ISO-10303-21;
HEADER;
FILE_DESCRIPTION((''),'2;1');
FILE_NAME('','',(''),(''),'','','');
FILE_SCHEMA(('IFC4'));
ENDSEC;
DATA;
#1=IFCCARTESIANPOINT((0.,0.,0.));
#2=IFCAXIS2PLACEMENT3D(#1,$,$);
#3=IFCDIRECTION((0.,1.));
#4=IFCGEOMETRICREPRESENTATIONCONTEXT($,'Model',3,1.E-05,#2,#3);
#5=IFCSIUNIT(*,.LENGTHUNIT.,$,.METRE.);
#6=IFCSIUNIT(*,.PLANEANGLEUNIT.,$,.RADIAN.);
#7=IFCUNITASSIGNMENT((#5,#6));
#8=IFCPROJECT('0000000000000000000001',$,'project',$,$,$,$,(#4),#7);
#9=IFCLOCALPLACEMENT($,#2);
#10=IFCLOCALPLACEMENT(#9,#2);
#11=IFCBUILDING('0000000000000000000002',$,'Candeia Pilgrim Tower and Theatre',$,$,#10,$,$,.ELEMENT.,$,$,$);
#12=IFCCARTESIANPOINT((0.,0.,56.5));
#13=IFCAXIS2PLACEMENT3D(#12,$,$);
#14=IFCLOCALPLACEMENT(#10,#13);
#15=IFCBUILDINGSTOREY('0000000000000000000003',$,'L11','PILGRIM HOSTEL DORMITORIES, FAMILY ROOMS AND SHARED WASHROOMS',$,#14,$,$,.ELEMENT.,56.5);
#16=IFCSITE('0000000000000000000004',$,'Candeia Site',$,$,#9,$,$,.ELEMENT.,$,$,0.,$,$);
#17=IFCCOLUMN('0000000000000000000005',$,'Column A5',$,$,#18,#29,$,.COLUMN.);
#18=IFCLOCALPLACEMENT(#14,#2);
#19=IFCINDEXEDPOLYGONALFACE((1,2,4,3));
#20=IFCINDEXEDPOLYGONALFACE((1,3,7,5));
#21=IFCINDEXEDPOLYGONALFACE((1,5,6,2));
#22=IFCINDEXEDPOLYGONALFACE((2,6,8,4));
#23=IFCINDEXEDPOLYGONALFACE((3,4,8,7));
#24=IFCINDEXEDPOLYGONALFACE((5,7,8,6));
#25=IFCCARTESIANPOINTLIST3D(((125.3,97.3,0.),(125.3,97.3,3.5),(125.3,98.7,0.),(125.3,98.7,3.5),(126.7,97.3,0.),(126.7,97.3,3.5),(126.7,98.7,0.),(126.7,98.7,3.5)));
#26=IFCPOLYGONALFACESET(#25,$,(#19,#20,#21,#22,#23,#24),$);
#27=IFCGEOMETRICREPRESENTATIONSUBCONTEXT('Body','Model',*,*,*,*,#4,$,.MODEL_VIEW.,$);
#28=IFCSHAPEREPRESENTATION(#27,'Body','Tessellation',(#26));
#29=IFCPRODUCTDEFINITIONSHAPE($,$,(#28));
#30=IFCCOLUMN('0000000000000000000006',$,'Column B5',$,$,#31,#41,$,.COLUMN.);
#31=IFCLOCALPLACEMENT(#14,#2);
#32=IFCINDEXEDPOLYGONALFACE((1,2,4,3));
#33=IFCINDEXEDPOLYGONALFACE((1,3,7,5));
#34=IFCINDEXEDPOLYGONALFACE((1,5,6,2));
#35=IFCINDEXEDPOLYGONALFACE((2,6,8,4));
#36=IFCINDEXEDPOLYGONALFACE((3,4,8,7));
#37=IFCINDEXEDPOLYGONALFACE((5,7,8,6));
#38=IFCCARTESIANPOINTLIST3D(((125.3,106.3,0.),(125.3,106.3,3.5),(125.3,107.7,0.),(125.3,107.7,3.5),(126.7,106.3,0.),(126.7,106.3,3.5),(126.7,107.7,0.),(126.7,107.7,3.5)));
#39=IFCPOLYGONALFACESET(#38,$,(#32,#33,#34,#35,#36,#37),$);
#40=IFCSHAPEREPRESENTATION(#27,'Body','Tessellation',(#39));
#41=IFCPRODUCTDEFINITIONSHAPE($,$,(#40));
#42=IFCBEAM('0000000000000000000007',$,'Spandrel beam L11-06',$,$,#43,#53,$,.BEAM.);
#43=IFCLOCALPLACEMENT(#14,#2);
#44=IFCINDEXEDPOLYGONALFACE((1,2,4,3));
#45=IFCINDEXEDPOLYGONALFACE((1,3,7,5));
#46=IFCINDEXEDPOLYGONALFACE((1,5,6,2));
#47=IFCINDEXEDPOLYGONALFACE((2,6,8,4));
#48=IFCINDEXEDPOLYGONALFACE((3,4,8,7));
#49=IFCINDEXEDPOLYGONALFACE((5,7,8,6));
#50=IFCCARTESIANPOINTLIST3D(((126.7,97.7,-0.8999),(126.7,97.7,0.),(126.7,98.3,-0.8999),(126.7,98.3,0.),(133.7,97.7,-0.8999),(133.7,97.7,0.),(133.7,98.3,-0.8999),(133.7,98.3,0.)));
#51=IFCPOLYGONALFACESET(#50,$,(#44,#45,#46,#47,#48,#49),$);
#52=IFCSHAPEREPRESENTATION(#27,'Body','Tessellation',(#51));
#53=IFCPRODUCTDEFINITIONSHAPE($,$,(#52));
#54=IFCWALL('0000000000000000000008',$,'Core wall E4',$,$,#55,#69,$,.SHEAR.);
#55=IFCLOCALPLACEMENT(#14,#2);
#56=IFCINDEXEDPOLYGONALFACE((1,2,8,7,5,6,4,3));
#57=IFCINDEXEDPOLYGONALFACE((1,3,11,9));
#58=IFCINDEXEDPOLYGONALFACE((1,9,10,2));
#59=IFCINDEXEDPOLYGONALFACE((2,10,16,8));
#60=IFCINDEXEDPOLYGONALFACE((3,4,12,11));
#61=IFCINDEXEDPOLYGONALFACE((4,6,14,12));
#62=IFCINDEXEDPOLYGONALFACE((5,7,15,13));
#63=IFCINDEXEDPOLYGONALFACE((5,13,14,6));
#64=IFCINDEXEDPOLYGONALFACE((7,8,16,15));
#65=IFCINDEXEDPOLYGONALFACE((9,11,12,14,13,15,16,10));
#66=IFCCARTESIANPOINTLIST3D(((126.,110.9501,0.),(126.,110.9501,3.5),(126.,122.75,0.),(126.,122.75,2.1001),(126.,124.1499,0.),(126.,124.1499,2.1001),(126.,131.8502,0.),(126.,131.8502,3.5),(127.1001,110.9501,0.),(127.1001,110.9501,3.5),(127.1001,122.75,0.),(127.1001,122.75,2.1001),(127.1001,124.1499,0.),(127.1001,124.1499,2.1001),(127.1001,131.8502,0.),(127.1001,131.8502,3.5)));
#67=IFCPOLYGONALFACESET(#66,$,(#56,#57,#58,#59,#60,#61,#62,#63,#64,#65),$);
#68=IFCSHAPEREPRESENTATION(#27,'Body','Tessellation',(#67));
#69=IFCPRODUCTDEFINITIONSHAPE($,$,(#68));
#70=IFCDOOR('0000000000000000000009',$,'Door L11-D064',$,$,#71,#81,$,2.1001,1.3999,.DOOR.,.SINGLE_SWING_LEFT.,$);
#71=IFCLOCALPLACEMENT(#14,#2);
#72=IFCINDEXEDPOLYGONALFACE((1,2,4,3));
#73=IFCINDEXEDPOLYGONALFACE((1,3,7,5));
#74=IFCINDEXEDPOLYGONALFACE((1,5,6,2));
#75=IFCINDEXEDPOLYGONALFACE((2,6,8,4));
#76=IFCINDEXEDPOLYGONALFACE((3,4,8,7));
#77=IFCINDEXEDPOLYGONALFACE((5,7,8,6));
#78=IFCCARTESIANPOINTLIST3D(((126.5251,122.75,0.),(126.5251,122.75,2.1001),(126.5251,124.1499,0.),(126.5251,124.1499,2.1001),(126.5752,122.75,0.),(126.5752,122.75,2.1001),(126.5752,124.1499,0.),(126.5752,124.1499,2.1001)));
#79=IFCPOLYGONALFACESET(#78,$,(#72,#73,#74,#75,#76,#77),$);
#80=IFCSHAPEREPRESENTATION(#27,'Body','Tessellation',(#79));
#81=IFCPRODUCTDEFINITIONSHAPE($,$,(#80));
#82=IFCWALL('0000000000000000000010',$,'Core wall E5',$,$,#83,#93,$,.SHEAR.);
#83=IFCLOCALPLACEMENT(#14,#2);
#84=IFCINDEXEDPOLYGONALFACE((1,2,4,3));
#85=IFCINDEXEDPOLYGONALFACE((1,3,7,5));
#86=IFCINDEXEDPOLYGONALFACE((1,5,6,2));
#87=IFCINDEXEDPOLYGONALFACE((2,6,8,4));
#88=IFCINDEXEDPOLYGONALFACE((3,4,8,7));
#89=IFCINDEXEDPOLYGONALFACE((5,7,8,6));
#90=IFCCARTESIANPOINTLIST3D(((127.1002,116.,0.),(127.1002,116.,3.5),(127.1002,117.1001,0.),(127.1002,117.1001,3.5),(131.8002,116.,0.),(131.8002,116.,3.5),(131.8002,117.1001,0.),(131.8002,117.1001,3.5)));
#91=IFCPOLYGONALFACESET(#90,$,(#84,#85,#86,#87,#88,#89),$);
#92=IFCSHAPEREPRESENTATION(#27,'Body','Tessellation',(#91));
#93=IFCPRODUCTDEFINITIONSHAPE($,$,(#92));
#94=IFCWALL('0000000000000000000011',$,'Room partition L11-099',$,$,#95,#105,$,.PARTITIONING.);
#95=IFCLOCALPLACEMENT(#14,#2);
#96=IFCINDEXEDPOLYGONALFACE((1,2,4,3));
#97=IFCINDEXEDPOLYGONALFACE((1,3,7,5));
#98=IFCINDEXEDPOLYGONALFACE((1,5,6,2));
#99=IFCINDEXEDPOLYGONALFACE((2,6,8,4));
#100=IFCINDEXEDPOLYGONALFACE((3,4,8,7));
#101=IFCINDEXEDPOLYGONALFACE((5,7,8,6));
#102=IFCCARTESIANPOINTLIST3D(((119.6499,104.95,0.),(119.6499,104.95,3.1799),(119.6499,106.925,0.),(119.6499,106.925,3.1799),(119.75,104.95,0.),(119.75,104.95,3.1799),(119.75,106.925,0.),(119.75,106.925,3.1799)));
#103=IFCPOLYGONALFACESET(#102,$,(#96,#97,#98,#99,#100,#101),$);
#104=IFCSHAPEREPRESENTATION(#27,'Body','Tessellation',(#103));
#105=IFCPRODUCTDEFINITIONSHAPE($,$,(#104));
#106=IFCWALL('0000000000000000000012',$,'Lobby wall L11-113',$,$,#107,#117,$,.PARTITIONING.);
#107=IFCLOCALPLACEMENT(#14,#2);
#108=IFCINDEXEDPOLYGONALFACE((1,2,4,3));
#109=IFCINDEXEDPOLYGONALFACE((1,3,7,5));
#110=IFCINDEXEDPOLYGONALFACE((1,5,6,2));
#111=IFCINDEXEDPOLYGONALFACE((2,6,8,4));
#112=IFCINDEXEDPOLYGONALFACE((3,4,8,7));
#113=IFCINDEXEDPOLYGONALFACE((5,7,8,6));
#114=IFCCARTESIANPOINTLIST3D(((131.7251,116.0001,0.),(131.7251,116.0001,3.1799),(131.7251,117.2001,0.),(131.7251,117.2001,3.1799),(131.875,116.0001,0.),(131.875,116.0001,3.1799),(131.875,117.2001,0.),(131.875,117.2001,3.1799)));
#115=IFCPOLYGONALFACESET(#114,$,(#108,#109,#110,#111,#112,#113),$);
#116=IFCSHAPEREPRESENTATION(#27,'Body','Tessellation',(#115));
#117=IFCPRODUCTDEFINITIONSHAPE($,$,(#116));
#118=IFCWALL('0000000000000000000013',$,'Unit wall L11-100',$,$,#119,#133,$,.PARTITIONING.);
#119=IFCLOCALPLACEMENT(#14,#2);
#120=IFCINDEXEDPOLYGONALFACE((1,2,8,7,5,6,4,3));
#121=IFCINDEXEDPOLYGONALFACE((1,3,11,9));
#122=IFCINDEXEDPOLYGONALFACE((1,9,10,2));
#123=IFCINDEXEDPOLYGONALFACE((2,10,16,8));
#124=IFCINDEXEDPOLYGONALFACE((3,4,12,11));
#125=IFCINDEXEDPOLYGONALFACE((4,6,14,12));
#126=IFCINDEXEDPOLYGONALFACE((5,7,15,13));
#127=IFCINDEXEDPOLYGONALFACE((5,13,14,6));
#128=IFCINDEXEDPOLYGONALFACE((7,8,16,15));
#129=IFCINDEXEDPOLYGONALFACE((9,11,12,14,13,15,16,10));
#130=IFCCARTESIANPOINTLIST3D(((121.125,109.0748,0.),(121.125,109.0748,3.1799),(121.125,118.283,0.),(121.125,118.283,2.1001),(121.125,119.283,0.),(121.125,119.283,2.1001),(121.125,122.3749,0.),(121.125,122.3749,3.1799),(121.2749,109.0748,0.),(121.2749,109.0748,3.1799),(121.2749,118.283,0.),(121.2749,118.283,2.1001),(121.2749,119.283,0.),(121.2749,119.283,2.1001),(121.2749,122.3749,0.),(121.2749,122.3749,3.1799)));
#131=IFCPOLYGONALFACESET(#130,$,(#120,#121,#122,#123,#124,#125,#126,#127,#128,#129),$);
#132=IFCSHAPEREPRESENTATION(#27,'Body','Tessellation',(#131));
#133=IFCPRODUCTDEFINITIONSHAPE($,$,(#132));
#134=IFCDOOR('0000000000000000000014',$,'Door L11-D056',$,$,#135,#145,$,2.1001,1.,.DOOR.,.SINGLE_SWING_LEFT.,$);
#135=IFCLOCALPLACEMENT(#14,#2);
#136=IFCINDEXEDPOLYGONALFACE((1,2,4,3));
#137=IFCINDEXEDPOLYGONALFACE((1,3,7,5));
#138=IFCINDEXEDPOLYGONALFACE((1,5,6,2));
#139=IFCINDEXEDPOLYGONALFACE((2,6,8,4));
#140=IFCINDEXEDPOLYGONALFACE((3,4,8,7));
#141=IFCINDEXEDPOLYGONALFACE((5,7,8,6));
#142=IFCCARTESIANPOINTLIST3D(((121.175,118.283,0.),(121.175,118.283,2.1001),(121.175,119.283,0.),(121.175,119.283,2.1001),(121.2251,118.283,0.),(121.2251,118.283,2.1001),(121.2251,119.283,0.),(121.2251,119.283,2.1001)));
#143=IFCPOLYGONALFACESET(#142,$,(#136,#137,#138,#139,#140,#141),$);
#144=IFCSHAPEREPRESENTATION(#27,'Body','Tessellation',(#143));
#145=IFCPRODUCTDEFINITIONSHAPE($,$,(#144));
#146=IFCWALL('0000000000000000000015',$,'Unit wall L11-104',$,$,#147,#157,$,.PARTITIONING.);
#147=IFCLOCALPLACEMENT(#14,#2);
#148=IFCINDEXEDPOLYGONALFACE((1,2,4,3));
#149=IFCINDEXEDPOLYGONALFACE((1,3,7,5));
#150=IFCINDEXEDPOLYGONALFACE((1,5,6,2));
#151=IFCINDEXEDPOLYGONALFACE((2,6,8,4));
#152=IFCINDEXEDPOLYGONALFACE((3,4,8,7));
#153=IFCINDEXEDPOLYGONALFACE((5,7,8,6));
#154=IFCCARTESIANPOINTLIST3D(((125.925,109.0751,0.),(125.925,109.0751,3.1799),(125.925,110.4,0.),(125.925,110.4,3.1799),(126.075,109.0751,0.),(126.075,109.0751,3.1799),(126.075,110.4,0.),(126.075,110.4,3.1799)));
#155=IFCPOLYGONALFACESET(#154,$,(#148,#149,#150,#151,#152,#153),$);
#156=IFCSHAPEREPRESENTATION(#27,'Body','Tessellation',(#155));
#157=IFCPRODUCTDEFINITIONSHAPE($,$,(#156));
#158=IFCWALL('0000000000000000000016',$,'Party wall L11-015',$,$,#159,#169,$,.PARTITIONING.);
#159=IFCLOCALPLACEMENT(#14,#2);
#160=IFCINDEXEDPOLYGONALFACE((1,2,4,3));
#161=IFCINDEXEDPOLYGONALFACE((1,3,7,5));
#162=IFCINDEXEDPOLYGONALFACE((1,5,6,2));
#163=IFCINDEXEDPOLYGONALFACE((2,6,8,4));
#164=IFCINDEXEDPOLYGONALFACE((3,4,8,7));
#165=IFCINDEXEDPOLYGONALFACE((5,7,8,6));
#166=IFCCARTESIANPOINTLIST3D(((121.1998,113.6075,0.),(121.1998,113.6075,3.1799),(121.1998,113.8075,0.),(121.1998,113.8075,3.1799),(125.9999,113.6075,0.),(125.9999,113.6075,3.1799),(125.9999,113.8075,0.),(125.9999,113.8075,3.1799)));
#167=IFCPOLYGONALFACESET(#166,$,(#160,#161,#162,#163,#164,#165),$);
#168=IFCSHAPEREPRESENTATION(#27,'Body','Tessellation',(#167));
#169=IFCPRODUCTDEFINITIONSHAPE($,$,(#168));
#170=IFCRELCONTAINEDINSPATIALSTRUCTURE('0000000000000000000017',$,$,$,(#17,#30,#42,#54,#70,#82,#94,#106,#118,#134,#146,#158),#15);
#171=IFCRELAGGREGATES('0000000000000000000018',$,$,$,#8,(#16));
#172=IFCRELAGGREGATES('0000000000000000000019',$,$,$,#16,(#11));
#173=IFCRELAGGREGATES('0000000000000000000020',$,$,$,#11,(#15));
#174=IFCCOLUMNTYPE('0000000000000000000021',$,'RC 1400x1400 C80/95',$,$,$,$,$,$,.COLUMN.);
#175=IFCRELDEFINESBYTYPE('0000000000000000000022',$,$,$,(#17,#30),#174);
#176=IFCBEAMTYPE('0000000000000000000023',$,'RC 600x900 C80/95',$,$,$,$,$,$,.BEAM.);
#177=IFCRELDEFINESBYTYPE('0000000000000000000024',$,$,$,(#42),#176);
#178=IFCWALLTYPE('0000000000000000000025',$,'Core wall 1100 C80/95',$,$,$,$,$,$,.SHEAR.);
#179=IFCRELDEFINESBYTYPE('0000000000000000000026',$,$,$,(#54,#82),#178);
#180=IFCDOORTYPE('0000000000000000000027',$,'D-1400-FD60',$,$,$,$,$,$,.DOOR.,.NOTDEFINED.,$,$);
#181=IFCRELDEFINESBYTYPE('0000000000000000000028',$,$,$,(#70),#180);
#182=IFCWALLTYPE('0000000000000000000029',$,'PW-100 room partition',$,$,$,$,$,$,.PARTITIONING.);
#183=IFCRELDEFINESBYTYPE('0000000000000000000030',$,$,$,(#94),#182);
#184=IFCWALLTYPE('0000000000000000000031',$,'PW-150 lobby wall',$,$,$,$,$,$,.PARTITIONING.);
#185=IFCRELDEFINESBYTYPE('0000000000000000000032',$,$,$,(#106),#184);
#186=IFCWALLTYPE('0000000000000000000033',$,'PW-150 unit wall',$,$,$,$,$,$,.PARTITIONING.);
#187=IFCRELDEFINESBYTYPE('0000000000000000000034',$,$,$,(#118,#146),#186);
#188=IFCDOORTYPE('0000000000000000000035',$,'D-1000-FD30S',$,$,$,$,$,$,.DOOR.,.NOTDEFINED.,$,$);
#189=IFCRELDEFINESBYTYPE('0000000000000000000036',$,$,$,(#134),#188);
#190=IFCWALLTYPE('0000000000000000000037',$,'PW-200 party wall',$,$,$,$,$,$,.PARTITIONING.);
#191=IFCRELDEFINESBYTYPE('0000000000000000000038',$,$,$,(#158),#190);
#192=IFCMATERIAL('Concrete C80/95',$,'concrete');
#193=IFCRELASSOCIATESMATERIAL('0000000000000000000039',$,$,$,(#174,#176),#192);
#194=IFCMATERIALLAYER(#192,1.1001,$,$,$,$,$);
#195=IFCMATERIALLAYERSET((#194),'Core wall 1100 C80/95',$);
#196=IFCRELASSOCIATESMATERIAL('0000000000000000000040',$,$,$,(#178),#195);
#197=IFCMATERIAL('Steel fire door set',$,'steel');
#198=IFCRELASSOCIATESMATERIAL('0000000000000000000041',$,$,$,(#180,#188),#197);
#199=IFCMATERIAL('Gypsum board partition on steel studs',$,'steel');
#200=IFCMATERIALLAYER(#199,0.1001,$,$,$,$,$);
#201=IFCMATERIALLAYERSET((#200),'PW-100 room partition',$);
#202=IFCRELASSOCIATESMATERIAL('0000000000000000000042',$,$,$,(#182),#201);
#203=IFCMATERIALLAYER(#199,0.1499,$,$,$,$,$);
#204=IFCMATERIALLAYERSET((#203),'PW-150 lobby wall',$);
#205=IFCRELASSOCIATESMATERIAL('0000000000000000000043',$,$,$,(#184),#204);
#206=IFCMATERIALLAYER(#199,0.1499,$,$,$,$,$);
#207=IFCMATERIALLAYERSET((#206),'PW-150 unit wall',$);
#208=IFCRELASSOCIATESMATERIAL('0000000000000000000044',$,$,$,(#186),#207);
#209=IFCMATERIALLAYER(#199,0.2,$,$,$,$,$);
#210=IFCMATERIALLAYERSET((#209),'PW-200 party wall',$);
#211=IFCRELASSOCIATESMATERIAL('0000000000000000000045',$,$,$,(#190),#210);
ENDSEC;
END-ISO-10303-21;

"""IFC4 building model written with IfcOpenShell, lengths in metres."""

from ifc_helpers import new_model, si_unit, direction, frame, frame_2d, origin, origin_2d, place, context, subcontext, project, spatial, rectangle, extrude, material, layer, layer_set, material_profile, profile_set, type_object, element, fill, save


model = new_model("IFC4")

# Units and contexts
model_context = context("Model", 3, precision=1e-05, world=origin(), true_north=direction((0.0, 1.0)))
body_context = subcontext(model_context, "Body", "Model", "MODEL_VIEW")
ifc_project = project(units=[si_unit("LENGTHUNIT", "METRE"), si_unit("PLANEANGLEUNIT", "RADIAN")], contexts=[model_context])

# Site, building, storey
site_placement = place(None, origin())
site = spatial("IfcSite", under=ifc_project, at=site_placement, Name="Candeia Site", CompositionType="ELEMENT", RefElevation=0.0)
building_placement = place(site_placement, origin())
building = spatial("IfcBuilding", under=site, at=building_placement, Name="Candeia Pilgrim Tower and Theatre", CompositionType="ELEMENT")
storey_placement = place(building_placement, frame((0.0, 0.0, 56.5)))
storey = spatial("IfcBuildingStorey", under=building, at=storey_placement, Name="L11", Description="PILGRIM HOSTEL DORMITORIES, FAMILY ROOMS AND SHARED WASHROOMS", CompositionType="ELEMENT", Elevation=56.5)

# Columns
ifc_material_1 = material(Name="Concrete C80/95", Category="concrete")
ifc_material_profile_1 = material_profile(ifc_material_1, rectangle(XDim=1.3999, YDim=1.3999, at=origin_2d()))
ifc_profile_set_1 = profile_set([ifc_material_profile_1], Name="Concrete C80/95")
column_type = type_object("IfcColumnType", Name="RC 1400x1400 C80/95", PredefinedType="COLUMN", material=ifc_profile_set_1)
for number, where, z_axis, x_axis, name in (
    (1, (126.0, 98.0, 0.0), (0.0, 0.0, 1.0), (1.0, 0.0, 0.0), "Column A5"),
    (2, (126.0, 107.0, 0.0), (0.0, 0.0, 1.0), (1.0, 0.0, 0.0), "Column B5"),
):
    element("IfcColumn", number, at=place(storey_placement, frame(where, z_axis=z_axis, x_axis=x_axis)), inside=storey, type_object=column_type, Name=name, PredefinedType="COLUMN", context=body_context, shape_type="SweptSolid", body=[
        extrude(rectangle(XDim=1.3999, YDim=1.3999, at=origin_2d()), origin(), (0.0, 0.0, 1.0), 3.5),
    ])

# Beam
ifc_material_profile_2 = material_profile(ifc_material_1, rectangle(XDim=0.6001, YDim=0.8999, at=origin_2d()))
ifc_profile_set_2 = profile_set([ifc_material_profile_2], Name="Concrete C80/95")
beam_type = type_object("IfcBeamType", Name="RC 600x900 C80/95", PredefinedType="BEAM", material=ifc_profile_set_2)
beam_placement = place(storey_placement, frame((126.7, 98.0, -0.45), z_axis=(1.0, 0.0, 0.0), x_axis=(0.0, 1.0, 0.0)))
element("IfcBeam", 3, at=beam_placement, inside=storey, type_object=beam_type, Name="Spandrel beam L11-06", PredefinedType="BEAM", context=body_context, shape_type="SweptSolid", body=[
    extrude(rectangle(XDim=0.6001, YDim=0.8999, at=origin_2d()), origin(), (0.0, 0.0, 1.0), 7.0),
])

# Wall, opening, door
ifc_layer_1 = layer(ifc_material_1, 1.1001)
ifc_layer_set_1 = layer_set([ifc_layer_1], Name="Core wall 1100 C80/95")
wall_type_1 = type_object("IfcWallType", Name="Core wall 1100 C80/95", PredefinedType="SHEAR", material=ifc_layer_set_1)
wall_1_placement = place(storey_placement, frame((126.55, 110.95, 0.0), z_axis=(0.0, 0.0, 1.0), x_axis=(0.0, 1.0, 0.0)))
wall_1 = element("IfcWall", 4, at=wall_1_placement, inside=storey, type_object=wall_type_1, Name="Core wall E4", PredefinedType="SHEAR", context=body_context, shape_type="SweptSolid", body=[
    extrude(rectangle(XDim=20.9001, YDim=1.1001, at=frame_2d((10.4502, 0.0))), origin(), (0.0, 0.0, 1.0), 3.5),
])
opening_1_placement = place(wall_1_placement, frame((11.8, 0.0, 0.0)))
opening_1 = element("IfcOpeningElement", 5, at=opening_1_placement, cuts=wall_1, PredefinedType="OPENING", context=body_context, shape_type="SweptSolid", body=[
    extrude(rectangle(XDim=1.3999, YDim=2.1001, at=frame_2d((0.7, 1.05))), frame((0.0, 0.5601, 0.0), z_axis=(0.0, -1.0, 0.0), x_axis=(1.0, 0.0, 0.0)), (0.0, 0.0, 1.0), 1.1201),
])
ifc_material_2 = material(Name="Steel fire door set", Category="steel")
door_type_1 = type_object("IfcDoorType", Name="D-1400-FD60", OperationType="NOTDEFINED", PredefinedType="DOOR", material=ifc_material_2)
door_1_placement = place(opening_1_placement, origin())
door_1 = element("IfcDoor", 6, at=door_1_placement, inside=storey, type_object=door_type_1, Name="Door L11-D064", OperationType="SINGLE_SWING_LEFT", OverallHeight=2.1001, OverallWidth=1.3999, PredefinedType="DOOR", context=body_context, shape_type="SweptSolid", body=[
    extrude(rectangle(XDim=1.3999, YDim=2.1001, at=frame_2d((0.7, 1.05))), frame((0.0, 0.0249, 0.0), z_axis=(0.0, -1.0, 0.0), x_axis=(1.0, 0.0, 0.0)), (0.0, 0.0, 1.0), 0.05),
])
fill(opening_1, door_1)

# Walls
wall_2_placement = place(storey_placement, frame((127.1001, 116.55, 0.0), z_axis=(0.0, 0.0, 1.0), x_axis=(1.0, 0.0, 0.0)))
element("IfcWall", 7, at=wall_2_placement, inside=storey, type_object=wall_type_1, Name="Core wall E5", PredefinedType="SHEAR", context=body_context, shape_type="SweptSolid", body=[
    extrude(rectangle(XDim=4.7, YDim=1.1001, at=frame_2d((2.3501, 0.0))), origin(), (0.0, 0.0, 1.0), 3.5),
])
ifc_material_3 = material(Name="Gypsum board partition on steel studs", Category="steel")
ifc_layer_2 = layer(ifc_material_3, 0.1001)
ifc_layer_set_2 = layer_set([ifc_layer_2], Name="PW-100 room partition")
wall_type_2 = type_object("IfcWallType", Name="PW-100 room partition", PredefinedType="PARTITIONING", material=ifc_layer_set_2)
wall_3_placement = place(storey_placement, frame((119.7, 104.95, 0.0), z_axis=(0.0, 0.0, 1.0), x_axis=(0.0, 1.0, 0.0)))
element("IfcWall", 8, at=wall_3_placement, inside=storey, type_object=wall_type_2, Name="Room partition L11-099", PredefinedType="PARTITIONING", context=body_context, shape_type="SweptSolid", body=[
    extrude(rectangle(XDim=1.9751, YDim=0.1001, at=frame_2d((0.9875, 0.0))), origin(), (0.0, 0.0, 1.0), 3.1799),
])
ifc_layer_3 = layer(ifc_material_3, 0.1499)
ifc_layer_set_3 = layer_set([ifc_layer_3], Name="PW-150 lobby wall")
wall_type_3 = type_object("IfcWallType", Name="PW-150 lobby wall", PredefinedType="PARTITIONING", material=ifc_layer_set_3)
wall_4_placement = place(storey_placement, frame((131.8, 116.0, 0.0), z_axis=(0.0, 0.0, 1.0), x_axis=(0.0, 1.0, 0.0)))
element("IfcWall", 9, at=wall_4_placement, inside=storey, type_object=wall_type_3, Name="Lobby wall L11-113", PredefinedType="PARTITIONING", context=body_context, shape_type="SweptSolid", body=[
    extrude(rectangle(XDim=1.2, YDim=0.1499, at=frame_2d((0.6001, 0.0))), origin(), (0.0, 0.0, 1.0), 3.1799),
])

# Wall, opening, door
ifc_layer_4 = layer(ifc_material_3, 0.1499)
ifc_layer_set_4 = layer_set([ifc_layer_4], Name="PW-150 unit wall")
wall_type_4 = type_object("IfcWallType", Name="PW-150 unit wall", PredefinedType="PARTITIONING", material=ifc_layer_set_4)
wall_5_placement = place(storey_placement, frame((121.2, 109.075, 0.0), z_axis=(0.0, 0.0, 1.0), x_axis=(0.0, 1.0, 0.0)))
wall_5 = element("IfcWall", 10, at=wall_5_placement, inside=storey, type_object=wall_type_4, Name="Unit wall L11-100", PredefinedType="PARTITIONING", context=body_context, shape_type="SweptSolid", body=[
    extrude(rectangle(XDim=13.3, YDim=0.1499, at=frame_2d((6.6499, 0.0))), origin(), (0.0, 0.0, 1.0), 3.1799),
])
opening_2_placement = place(wall_5_placement, frame((9.208, 0.0, 0.0)))
opening_2 = element("IfcOpeningElement", 11, at=opening_2_placement, cuts=wall_5, PredefinedType="OPENING", context=body_context, shape_type="SweptSolid", body=[
    extrude(rectangle(XDim=1.0, YDim=2.1001, at=frame_2d((0.5, 1.05))), frame((0.0, 0.085, 0.0), z_axis=(0.0, -1.0, 0.0), x_axis=(1.0, 0.0, 0.0)), (0.0, 0.0, 1.0), 0.1699),
])
door_type_2 = type_object("IfcDoorType", Name="D-1000-FD30S", OperationType="NOTDEFINED", PredefinedType="DOOR", material=ifc_material_2)
door_2_placement = place(opening_2_placement, origin())
door_2 = element("IfcDoor", 12, at=door_2_placement, inside=storey, type_object=door_type_2, Name="Door L11-D056", OperationType="SINGLE_SWING_LEFT", OverallHeight=2.1001, OverallWidth=1.0, PredefinedType="DOOR", context=body_context, shape_type="SweptSolid", body=[
    extrude(rectangle(XDim=1.0, YDim=2.1001, at=frame_2d((0.5, 1.05))), frame((0.0, 0.0249, 0.0), z_axis=(0.0, -1.0, 0.0), x_axis=(1.0, 0.0, 0.0)), (0.0, 0.0, 1.0), 0.05),
])
fill(opening_2, door_2)

# Walls
wall_6_placement = place(storey_placement, frame((126.0, 109.075, 0.0), z_axis=(0.0, 0.0, 1.0), x_axis=(0.0, 1.0, 0.0)))
element("IfcWall", 13, at=wall_6_placement, inside=storey, type_object=wall_type_4, Name="Unit wall L11-104", PredefinedType="PARTITIONING", context=body_context, shape_type="SweptSolid", body=[
    extrude(rectangle(XDim=1.325, YDim=0.1499, at=frame_2d((0.6626, 0.0))), origin(), (0.0, 0.0, 1.0), 3.1799),
])
ifc_layer_5 = layer(ifc_material_3, 0.2)
ifc_layer_set_5 = layer_set([ifc_layer_5], Name="PW-200 party wall")
wall_type_5 = type_object("IfcWallType", Name="PW-200 party wall", PredefinedType="PARTITIONING", material=ifc_layer_set_5)
wall_7_placement = place(storey_placement, frame((121.2, 113.7075, 0.0), z_axis=(0.0, 0.0, 1.0), x_axis=(1.0, 0.0, 0.0)))
element("IfcWall", 14, at=wall_7_placement, inside=storey, type_object=wall_type_5, Name="Party wall L11-015", PredefinedType="PARTITIONING", context=body_context, shape_type="SweptSolid", body=[
    extrude(rectangle(XDim=4.8, YDim=0.2, at=frame_2d((2.3999, 0.0))), origin(), (0.0, 0.0, 1.0), 3.1799),
])

save(model, "model.ifc")
